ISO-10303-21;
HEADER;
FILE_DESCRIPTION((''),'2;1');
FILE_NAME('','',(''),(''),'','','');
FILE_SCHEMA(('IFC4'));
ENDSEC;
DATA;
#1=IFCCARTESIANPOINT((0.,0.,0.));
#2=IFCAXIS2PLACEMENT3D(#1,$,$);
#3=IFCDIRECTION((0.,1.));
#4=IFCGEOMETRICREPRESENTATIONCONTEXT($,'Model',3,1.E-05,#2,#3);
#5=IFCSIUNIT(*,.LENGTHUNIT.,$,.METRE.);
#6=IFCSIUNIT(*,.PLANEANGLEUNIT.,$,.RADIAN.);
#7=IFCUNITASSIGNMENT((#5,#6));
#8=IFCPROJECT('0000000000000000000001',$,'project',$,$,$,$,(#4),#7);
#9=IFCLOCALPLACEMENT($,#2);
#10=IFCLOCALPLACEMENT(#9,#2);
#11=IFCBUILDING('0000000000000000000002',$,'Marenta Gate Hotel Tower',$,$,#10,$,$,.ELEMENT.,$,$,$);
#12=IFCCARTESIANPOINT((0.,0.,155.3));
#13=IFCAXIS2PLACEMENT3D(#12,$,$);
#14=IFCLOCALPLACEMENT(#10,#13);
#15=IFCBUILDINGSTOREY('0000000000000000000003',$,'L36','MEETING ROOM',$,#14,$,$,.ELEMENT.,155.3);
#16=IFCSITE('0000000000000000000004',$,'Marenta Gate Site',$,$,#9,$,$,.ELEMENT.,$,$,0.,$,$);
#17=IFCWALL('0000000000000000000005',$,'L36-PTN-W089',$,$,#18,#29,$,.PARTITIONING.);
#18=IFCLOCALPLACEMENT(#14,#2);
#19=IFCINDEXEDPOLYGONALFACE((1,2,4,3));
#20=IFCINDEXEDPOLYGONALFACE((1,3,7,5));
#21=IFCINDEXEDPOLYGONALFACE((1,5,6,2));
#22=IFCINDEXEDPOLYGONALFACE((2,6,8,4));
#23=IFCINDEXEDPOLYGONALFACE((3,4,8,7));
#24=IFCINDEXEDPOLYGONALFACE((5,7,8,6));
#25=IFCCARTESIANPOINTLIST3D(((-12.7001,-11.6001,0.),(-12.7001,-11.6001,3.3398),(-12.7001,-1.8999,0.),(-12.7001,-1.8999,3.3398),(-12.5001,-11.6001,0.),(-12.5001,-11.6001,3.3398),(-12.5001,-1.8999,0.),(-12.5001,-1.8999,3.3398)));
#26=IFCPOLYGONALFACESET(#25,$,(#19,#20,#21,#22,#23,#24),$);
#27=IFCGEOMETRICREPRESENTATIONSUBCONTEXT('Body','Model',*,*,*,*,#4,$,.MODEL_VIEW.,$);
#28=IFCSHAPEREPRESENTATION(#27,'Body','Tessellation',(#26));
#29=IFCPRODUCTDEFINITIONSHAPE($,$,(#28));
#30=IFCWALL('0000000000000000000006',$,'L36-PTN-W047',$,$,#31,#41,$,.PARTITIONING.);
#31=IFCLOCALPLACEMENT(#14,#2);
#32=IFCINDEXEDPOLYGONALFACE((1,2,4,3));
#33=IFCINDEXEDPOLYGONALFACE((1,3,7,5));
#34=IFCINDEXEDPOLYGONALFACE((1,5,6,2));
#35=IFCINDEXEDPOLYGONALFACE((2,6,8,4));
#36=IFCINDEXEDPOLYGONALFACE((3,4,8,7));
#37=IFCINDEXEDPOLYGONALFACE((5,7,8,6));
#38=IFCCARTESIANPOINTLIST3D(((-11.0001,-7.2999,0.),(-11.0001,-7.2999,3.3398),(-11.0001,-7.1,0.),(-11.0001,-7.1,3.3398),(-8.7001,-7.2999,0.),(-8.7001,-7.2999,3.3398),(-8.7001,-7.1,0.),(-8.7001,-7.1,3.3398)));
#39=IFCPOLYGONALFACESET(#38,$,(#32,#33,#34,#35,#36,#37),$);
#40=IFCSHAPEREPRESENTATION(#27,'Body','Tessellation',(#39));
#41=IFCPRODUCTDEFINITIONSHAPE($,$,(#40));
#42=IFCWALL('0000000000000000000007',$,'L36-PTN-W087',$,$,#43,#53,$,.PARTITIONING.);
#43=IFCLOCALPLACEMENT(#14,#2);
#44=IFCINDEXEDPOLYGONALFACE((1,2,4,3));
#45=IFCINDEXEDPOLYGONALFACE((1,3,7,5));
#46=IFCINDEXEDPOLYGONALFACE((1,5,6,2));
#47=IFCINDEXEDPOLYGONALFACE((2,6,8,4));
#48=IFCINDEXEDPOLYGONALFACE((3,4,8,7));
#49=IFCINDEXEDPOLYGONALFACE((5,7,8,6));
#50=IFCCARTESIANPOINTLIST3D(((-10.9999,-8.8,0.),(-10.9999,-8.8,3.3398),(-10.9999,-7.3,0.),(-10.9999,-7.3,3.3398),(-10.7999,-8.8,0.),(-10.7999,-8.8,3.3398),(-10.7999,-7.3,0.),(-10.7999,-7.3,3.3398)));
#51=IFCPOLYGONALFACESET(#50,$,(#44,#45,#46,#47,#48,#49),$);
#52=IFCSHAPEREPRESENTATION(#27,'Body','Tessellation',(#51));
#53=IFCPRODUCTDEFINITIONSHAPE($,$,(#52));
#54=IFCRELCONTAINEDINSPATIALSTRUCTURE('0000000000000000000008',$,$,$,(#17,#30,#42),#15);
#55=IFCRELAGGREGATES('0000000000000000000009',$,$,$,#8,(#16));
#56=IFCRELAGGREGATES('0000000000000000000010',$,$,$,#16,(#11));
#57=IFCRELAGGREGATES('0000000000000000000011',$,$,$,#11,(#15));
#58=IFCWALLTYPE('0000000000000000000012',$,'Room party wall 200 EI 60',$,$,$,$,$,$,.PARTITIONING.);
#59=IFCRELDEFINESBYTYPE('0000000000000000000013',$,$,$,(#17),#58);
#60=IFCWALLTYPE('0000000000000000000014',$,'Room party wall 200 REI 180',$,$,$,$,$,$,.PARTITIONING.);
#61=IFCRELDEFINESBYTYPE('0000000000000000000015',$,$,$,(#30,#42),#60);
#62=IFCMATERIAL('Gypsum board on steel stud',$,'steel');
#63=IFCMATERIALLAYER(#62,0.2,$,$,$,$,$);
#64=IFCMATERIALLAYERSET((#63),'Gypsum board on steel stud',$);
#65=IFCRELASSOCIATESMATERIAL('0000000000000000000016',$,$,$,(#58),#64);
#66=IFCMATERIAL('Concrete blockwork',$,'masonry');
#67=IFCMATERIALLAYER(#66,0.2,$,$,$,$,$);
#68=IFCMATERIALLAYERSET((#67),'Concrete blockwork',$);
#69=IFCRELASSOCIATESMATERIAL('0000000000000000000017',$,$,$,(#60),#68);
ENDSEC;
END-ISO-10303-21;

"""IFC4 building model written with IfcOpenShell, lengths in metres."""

from ifc_helpers import new_model, si_unit, direction, frame, frame_2d, origin, place, context, subcontext, project, spatial, rectangle, extrude, material, layer, layer_set, type_object, element, save


model = new_model("IFC4")

# Units and contexts
model_context = context("Model", 3, precision=1e-05, world=origin(), true_north=direction((0.0, 1.0)))
body_context = subcontext(model_context, "Body", "Model", "MODEL_VIEW")
ifc_project = project(units=[si_unit("LENGTHUNIT", "METRE"), si_unit("PLANEANGLEUNIT", "RADIAN")], contexts=[model_context])

# Site, building, storey
site_placement = place(None, origin())
site = spatial("IfcSite", under=ifc_project, at=site_placement, Name="Marenta Gate Site", CompositionType="ELEMENT", RefElevation=0.0)
building_placement = place(site_placement, origin())
building = spatial("IfcBuilding", under=site, at=building_placement, Name="Marenta Gate Hotel Tower", CompositionType="ELEMENT")
storey_placement = place(building_placement, frame((0.0, 0.0, 155.3)))
storey = spatial("IfcBuildingStorey", under=building, at=storey_placement, Name="L36", Description="MEETING ROOM", CompositionType="ELEMENT", Elevation=155.3)

# Walls
ifc_material_1 = material(Name="Gypsum board on steel stud", Category="steel")
ifc_layer_1 = layer(ifc_material_1, 0.2)
ifc_layer_set_1 = layer_set([ifc_layer_1], Name="Gypsum board on steel stud")
wall_type_1 = type_object("IfcWallType", Name="Room party wall 200 EI 60", PredefinedType="PARTITIONING", material=ifc_layer_set_1)
wall_1_placement = place(storey_placement, frame((-12.6001, -11.6001, 0.0), z_axis=(0.0, 0.0, 1.0), x_axis=(0.0, 1.0, 0.0)))
element("IfcWall", 1, at=wall_1_placement, inside=storey, type_object=wall_type_1, Name="L36-PTN-W089", PredefinedType="PARTITIONING", context=body_context, shape_type="SweptSolid", body=[
    extrude(rectangle(XDim=9.7002, YDim=0.2, at=frame_2d((4.8501, 0.0))), origin(), (0.0, 0.0, 1.0), 3.3398),
])
ifc_material_2 = material(Name="Concrete blockwork", Category="masonry")
ifc_layer_2 = layer(ifc_material_2, 0.2)
ifc_layer_set_2 = layer_set([ifc_layer_2], Name="Concrete blockwork")
wall_type_2 = type_object("IfcWallType", Name="Room party wall 200 REI 180", PredefinedType="PARTITIONING", material=ifc_layer_set_2)
wall_2_placement = place(storey_placement, frame((-11.0, -7.2, 0.0), z_axis=(0.0, 0.0, 1.0), x_axis=(1.0, 0.0, 0.0)))
element("IfcWall", 2, at=wall_2_placement, inside=storey, type_object=wall_type_2, Name="L36-PTN-W047", PredefinedType="PARTITIONING", context=body_context, shape_type="SweptSolid", body=[
    extrude(rectangle(XDim=2.3, YDim=0.2, at=frame_2d((1.1499, 0.0))), origin(), (0.0, 0.0, 1.0), 3.3398),
])
wall_3_placement = place(storey_placement, frame((-10.8999, -8.8, 0.0), z_axis=(0.0, 0.0, 1.0), x_axis=(0.0, 1.0, 0.0)))
element("IfcWall", 3, at=wall_3_placement, inside=storey, type_object=wall_type_2, Name="L36-PTN-W087", PredefinedType="PARTITIONING", context=body_context, shape_type="SweptSolid", body=[
    extrude(rectangle(XDim=1.5, YDim=0.2, at=frame_2d((0.75, 0.0))), origin(), (0.0, 0.0, 1.0), 3.3398),
])

save(model, "model.ifc")
